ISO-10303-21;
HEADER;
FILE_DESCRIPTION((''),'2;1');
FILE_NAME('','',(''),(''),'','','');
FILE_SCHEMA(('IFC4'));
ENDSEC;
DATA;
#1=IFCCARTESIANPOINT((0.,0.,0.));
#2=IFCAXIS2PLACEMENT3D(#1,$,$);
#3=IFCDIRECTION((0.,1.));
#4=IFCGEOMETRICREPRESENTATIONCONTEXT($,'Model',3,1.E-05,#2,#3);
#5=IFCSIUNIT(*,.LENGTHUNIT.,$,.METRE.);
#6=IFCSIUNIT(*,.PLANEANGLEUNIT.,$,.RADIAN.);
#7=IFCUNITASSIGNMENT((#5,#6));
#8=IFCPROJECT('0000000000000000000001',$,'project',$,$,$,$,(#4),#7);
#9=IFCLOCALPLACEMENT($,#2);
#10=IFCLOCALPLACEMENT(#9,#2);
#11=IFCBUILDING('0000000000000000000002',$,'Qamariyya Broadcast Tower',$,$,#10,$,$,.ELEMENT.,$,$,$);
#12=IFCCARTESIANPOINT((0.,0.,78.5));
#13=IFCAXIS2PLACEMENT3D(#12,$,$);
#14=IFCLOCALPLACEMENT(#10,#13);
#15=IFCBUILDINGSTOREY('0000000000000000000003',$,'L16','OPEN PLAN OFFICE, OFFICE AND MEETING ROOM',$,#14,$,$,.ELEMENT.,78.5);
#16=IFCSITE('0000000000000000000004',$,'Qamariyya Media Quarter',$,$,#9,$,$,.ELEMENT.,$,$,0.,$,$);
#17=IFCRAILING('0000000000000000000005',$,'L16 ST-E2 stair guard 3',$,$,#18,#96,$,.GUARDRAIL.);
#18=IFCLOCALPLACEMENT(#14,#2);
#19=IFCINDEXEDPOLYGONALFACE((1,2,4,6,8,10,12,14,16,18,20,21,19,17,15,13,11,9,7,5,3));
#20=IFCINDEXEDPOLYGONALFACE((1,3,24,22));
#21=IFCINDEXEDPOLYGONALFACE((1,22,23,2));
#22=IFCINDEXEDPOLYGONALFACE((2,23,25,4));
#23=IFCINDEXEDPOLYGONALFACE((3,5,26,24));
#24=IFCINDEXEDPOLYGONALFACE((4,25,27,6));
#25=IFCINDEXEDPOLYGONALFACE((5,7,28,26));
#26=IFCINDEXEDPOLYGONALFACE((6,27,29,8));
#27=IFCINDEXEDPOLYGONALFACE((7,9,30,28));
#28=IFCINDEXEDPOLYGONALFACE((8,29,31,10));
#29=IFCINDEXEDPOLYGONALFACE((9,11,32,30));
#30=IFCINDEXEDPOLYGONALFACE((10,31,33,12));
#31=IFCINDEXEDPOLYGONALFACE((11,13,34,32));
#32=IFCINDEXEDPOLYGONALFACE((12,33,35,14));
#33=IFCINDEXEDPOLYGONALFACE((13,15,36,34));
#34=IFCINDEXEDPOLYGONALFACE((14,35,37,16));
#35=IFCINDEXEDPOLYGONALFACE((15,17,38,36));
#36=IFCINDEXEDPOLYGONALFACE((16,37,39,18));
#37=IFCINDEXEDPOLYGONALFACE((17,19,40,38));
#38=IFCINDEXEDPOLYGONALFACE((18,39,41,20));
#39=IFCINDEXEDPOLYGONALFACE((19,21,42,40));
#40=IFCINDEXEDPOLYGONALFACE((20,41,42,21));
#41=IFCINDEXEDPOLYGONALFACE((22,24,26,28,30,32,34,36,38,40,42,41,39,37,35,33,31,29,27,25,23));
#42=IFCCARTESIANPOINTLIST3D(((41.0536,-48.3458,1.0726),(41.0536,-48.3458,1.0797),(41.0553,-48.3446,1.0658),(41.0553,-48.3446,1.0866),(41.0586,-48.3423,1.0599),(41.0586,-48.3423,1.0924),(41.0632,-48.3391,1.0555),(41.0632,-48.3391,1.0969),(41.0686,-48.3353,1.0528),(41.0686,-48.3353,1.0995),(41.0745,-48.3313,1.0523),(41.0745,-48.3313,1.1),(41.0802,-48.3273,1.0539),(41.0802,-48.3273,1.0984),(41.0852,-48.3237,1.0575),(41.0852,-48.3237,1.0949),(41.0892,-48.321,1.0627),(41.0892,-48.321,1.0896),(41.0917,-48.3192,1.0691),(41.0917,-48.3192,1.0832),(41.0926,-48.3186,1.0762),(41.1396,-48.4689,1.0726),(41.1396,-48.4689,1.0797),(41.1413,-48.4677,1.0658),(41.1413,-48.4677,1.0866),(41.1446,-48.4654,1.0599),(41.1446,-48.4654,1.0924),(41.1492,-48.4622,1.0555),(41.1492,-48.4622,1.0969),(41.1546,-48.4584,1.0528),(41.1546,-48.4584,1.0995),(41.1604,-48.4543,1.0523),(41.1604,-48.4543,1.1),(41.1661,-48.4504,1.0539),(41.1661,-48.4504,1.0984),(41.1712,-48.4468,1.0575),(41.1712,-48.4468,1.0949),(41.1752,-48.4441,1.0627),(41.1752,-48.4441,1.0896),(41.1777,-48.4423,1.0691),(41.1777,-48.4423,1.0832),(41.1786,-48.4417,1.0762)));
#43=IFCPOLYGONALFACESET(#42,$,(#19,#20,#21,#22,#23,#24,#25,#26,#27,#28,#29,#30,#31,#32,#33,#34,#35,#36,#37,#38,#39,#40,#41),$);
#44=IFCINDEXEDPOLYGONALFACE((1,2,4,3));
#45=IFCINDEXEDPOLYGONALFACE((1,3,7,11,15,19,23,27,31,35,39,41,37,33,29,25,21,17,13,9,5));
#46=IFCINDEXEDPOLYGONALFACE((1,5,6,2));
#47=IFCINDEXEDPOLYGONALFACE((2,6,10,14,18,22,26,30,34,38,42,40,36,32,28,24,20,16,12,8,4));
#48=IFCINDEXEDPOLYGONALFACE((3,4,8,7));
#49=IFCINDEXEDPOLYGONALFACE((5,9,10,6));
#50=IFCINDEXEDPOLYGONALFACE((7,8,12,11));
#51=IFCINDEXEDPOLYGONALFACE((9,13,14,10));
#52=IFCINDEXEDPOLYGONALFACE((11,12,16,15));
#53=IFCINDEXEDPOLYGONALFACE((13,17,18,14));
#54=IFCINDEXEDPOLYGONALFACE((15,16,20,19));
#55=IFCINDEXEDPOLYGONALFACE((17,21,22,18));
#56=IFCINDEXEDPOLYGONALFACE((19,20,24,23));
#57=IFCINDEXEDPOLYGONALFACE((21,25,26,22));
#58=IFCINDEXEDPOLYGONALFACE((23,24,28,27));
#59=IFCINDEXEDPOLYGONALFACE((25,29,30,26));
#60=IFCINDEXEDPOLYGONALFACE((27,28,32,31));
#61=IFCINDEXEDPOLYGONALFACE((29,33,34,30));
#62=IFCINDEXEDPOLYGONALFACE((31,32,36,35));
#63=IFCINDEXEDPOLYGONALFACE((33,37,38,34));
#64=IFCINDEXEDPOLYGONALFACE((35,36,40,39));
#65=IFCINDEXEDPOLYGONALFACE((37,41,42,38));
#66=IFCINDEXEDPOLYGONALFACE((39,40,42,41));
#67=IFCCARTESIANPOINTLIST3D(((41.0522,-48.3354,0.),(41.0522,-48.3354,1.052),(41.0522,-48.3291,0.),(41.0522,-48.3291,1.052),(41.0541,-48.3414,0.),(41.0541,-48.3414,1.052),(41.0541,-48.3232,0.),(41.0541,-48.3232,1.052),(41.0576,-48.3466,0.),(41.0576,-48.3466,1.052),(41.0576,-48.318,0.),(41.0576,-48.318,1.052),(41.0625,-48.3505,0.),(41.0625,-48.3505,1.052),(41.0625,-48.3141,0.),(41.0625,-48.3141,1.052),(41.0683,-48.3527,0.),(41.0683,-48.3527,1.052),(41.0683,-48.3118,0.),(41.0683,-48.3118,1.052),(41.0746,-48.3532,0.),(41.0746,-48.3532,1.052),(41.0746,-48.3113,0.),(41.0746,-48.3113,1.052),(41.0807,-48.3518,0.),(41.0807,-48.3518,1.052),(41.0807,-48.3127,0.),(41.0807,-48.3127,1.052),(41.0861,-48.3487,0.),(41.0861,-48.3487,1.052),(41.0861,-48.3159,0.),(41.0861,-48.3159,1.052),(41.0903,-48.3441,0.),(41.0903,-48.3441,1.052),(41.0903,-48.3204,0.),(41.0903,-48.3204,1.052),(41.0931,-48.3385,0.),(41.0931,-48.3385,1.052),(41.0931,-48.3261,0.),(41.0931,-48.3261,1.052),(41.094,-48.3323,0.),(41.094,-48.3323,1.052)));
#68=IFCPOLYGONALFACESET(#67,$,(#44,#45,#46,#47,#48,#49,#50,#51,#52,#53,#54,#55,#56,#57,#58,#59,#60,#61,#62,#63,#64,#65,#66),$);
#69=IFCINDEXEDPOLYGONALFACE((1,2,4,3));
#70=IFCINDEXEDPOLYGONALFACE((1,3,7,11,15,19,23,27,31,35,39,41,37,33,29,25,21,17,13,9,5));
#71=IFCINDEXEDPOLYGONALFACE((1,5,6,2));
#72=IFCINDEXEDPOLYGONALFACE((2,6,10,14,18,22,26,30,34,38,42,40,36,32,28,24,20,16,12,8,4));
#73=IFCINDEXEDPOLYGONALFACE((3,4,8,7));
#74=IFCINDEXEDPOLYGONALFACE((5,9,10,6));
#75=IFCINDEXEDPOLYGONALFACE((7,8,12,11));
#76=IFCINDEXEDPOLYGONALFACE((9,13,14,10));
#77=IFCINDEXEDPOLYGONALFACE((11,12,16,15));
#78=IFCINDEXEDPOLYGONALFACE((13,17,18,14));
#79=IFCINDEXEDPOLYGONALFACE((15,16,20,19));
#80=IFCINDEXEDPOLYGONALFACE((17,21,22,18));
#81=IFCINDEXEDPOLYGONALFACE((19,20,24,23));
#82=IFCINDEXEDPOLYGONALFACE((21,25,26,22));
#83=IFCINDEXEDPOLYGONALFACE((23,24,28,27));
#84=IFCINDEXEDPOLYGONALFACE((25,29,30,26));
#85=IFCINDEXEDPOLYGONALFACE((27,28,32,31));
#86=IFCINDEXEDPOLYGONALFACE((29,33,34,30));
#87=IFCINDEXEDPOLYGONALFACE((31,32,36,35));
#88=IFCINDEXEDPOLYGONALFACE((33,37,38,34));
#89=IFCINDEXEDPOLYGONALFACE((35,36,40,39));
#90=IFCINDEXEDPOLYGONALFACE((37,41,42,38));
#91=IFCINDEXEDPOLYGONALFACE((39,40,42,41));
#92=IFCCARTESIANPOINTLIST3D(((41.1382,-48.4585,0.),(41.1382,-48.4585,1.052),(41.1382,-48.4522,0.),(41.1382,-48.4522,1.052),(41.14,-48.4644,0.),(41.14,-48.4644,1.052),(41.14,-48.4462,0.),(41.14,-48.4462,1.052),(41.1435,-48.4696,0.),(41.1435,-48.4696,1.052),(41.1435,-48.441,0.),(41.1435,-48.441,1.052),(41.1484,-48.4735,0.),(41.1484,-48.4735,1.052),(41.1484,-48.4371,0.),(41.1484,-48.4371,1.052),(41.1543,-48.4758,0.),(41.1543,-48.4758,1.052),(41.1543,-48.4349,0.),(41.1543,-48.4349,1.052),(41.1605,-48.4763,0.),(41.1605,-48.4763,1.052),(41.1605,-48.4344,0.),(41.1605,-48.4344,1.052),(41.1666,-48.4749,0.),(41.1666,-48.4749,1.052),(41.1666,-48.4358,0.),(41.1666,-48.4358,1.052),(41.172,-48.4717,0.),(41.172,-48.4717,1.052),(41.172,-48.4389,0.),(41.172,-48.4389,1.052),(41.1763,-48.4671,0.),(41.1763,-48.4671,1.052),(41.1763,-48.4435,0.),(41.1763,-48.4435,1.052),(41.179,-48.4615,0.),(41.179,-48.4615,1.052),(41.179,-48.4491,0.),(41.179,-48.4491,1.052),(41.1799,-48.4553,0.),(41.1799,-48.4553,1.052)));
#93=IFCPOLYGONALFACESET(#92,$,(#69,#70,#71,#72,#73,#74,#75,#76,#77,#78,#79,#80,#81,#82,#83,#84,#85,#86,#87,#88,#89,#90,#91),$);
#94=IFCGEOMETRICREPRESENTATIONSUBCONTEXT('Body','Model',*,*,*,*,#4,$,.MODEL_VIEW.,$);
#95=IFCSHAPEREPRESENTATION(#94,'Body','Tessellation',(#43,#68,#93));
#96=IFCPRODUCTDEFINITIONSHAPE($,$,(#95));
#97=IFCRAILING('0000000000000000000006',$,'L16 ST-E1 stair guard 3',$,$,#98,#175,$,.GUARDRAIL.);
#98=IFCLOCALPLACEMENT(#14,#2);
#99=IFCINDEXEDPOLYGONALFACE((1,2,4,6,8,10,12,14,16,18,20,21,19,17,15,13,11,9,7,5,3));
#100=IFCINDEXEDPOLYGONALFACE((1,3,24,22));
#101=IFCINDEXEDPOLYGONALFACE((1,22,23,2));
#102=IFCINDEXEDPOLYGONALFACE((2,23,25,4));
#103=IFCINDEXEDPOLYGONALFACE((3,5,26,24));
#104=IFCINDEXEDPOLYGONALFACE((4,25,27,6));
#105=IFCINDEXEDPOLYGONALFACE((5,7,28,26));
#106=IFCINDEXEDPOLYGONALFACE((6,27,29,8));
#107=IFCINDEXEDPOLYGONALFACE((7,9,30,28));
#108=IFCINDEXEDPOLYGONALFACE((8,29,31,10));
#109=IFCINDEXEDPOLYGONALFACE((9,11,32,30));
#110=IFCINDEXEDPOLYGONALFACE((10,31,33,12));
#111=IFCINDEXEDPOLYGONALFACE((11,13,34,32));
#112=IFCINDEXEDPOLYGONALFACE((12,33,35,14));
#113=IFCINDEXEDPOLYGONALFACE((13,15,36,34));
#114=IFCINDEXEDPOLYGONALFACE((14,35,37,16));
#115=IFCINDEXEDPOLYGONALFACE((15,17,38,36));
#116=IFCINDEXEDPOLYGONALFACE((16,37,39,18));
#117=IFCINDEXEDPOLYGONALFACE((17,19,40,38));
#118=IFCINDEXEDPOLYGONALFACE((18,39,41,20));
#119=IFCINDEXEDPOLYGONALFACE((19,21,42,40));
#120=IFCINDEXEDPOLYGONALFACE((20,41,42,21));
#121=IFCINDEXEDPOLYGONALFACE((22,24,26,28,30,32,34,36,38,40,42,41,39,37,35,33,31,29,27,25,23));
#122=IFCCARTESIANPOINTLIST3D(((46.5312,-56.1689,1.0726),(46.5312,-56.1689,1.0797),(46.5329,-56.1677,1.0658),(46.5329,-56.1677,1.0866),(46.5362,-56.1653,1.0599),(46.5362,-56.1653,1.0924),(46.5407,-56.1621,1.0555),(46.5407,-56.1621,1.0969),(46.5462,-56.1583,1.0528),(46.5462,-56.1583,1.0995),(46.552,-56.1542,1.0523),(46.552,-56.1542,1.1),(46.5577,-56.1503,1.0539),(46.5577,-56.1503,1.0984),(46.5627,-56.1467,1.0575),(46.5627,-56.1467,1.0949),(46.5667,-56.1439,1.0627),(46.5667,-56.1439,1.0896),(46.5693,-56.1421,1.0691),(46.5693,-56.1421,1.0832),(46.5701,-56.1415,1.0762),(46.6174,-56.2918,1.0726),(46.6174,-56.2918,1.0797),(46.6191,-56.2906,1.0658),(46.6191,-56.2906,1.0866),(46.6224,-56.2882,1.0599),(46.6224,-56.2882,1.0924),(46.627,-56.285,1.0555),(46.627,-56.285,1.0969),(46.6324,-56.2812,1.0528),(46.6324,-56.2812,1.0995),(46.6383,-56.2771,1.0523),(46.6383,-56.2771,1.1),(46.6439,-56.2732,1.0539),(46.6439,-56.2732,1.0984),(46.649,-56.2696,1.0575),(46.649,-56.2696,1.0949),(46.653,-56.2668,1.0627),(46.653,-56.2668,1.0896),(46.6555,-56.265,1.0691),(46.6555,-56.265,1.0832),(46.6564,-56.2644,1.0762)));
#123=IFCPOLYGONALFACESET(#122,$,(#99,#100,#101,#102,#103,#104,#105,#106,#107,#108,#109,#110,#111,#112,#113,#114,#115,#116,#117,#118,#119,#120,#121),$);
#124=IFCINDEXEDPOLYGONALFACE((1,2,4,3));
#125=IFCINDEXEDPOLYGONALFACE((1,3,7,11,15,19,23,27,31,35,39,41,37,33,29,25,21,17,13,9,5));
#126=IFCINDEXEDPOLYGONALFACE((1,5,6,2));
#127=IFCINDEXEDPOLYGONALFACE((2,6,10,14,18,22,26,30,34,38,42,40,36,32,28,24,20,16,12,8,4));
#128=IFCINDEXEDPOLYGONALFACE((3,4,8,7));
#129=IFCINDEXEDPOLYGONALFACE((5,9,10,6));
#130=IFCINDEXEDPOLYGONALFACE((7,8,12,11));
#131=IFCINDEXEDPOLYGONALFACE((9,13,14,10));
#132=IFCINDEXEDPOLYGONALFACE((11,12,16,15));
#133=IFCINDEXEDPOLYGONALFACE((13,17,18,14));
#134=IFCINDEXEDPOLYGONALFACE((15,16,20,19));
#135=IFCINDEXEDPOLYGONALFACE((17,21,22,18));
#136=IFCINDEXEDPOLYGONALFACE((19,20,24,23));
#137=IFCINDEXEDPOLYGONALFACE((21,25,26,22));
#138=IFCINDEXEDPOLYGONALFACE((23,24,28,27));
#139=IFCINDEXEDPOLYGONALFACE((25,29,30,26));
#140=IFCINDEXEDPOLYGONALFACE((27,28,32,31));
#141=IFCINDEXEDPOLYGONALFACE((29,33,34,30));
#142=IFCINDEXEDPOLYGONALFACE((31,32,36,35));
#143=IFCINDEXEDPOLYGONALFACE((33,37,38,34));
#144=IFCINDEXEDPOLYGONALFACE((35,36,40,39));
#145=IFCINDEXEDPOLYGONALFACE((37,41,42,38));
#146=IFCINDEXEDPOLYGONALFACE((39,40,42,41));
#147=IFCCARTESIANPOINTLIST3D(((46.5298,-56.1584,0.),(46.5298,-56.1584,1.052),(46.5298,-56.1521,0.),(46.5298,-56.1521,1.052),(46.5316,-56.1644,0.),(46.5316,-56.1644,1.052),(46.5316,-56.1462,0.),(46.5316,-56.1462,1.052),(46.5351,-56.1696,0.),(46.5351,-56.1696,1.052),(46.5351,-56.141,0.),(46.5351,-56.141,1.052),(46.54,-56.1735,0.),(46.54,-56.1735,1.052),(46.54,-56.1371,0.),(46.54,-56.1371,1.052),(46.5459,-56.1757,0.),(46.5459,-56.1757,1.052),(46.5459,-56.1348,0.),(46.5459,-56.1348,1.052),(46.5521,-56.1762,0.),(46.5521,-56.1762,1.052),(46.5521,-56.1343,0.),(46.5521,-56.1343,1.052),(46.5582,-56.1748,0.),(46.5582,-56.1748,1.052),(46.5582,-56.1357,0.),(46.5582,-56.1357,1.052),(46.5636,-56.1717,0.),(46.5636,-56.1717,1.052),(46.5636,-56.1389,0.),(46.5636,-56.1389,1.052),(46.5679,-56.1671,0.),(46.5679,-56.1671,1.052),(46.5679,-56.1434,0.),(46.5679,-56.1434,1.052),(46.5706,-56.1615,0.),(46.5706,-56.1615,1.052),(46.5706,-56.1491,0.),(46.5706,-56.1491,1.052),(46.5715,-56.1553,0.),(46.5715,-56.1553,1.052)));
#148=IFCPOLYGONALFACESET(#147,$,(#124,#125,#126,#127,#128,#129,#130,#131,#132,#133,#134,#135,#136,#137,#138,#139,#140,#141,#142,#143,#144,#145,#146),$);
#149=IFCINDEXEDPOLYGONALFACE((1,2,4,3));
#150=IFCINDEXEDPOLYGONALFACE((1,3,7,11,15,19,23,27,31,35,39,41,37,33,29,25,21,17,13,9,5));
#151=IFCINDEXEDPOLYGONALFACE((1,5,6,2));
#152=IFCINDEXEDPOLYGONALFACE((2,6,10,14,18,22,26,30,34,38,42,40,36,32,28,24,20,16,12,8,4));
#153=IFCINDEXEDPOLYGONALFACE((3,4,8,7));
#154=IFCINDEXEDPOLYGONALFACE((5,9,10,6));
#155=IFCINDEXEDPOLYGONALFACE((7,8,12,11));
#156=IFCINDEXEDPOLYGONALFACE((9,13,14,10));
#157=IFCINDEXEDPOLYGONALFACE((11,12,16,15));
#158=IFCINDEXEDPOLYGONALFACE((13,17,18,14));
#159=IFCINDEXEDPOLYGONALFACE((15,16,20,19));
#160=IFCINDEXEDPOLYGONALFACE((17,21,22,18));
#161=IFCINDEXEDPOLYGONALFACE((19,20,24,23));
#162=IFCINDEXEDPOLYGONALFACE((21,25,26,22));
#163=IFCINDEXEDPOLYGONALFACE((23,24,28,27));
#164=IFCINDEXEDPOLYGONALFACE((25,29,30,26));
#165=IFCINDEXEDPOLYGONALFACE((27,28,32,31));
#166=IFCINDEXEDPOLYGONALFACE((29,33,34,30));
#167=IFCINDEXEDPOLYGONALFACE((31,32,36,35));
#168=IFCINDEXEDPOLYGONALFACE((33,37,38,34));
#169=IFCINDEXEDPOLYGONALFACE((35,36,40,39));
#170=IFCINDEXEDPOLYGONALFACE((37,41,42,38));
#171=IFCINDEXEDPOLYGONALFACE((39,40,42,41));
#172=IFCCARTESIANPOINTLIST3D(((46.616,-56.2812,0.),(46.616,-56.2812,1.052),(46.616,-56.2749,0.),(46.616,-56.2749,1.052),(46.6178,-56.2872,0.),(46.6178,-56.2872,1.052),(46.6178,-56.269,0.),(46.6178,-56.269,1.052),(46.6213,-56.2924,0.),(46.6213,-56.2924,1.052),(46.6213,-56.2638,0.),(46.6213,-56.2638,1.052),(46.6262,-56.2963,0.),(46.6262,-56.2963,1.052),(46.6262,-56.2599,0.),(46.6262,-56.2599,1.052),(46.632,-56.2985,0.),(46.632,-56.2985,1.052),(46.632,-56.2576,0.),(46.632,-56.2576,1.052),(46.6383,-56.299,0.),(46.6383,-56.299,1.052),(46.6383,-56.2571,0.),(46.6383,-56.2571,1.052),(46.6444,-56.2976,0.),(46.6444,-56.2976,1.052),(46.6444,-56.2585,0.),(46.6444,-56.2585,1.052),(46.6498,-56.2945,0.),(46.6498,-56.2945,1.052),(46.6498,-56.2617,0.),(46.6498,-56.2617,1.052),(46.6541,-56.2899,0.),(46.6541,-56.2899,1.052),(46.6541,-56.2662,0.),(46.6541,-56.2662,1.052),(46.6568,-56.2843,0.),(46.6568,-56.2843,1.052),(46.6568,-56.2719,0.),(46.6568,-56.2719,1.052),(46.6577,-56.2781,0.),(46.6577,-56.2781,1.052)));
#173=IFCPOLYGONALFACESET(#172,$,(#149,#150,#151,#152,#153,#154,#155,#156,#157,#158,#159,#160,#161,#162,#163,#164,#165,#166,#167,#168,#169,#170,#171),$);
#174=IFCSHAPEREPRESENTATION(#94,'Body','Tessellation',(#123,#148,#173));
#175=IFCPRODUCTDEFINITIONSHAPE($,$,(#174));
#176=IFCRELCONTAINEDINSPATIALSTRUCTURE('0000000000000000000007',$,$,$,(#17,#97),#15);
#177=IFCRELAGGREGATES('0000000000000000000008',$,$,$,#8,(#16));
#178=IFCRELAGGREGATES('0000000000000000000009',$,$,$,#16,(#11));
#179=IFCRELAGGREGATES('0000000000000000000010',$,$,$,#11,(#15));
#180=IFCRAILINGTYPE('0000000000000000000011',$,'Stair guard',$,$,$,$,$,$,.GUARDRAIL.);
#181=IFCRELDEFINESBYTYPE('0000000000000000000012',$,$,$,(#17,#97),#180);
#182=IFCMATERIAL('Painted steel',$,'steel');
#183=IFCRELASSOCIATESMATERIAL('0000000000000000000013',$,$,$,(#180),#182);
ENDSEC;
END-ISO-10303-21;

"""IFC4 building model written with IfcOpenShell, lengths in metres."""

from ifc_helpers import new_model, si_unit, direction, frame, origin, origin_2d, place, context, subcontext, project, spatial, circle, extrude, material, type_object, element, save


model = new_model("IFC4")

# Units and contexts
model_context = context("Model", 3, precision=1e-05, world=origin(), true_north=direction((0.0, 1.0)))
body_context = subcontext(model_context, "Body", "Model", "MODEL_VIEW")
ifc_project = project(units=[si_unit("LENGTHUNIT", "METRE"), si_unit("PLANEANGLEUNIT", "RADIAN")], contexts=[model_context])

# Site, building, storey
site_placement = place(None, origin())
site = spatial("IfcSite", under=ifc_project, at=site_placement, Name="Qamariyya Media Quarter", CompositionType="ELEMENT", RefElevation=0.0)
building_placement = place(site_placement, origin())
building = spatial("IfcBuilding", under=site, at=building_placement, Name="Qamariyya Broadcast Tower", CompositionType="ELEMENT")
storey_placement = place(building_placement, frame((0.0, 0.0, 78.5)))
storey = spatial("IfcBuildingStorey", under=building, at=storey_placement, Name="L16", Description="OPEN PLAN OFFICE, OFFICE AND MEETING ROOM", CompositionType="ELEMENT", Elevation=78.5)

# Railings
ifc_material_1 = material(Name="Painted steel", Category="steel")
railing_type_1 = type_object("IfcRailingType", Name="Stair guard", PredefinedType="GUARDRAIL", material=ifc_material_1)
railing_1_placement = place(storey_placement, frame((41.073, -48.3323, 0.0)))
element("IfcRailing", 1, at=railing_1_placement, inside=storey, type_object=railing_type_1, Name="L16 ST-E2 stair guard 3", PredefinedType="GUARDRAIL", context=body_context, shape_type="SweptSolid", body=[
    extrude(circle(Radius=0.0239, at=origin_2d()), frame((0.0, 0.0, 1.0762), z_axis=(0.572589, -0.819843, 0.0), x_axis=(0.819843, 0.572589, 0.0)), (0.0, 0.0, 1.0), 0.1501),
    extrude(circle(Radius=0.021, at=origin_2d()), origin(), (0.0, 0.0, 1.0), 1.052),
    extrude(circle(Radius=0.021, at=origin_2d()), frame((0.0859, -0.123, 0.0)), (0.0, 0.0, 1.0), 1.052),
])
railing_2_placement = place(storey_placement, frame((46.5505, -56.1553, 0.0)))
element("IfcRailing", 2, at=railing_2_placement, inside=storey, type_object=railing_type_1, Name="L16 ST-E1 stair guard 3", PredefinedType="GUARDRAIL", context=body_context, shape_type="SweptSolid", body=[
    extrude(circle(Radius=0.0239, at=origin_2d()), frame((0.0, 0.0, 1.0762), z_axis=(0.574445, -0.818543, 0.0), x_axis=(0.818543, 0.574445, 0.0)), (0.0, 0.0, 1.0), 0.1501),
    extrude(circle(Radius=0.021, at=origin_2d()), origin(), (0.0, 0.0, 1.0), 1.052),
    extrude(circle(Radius=0.021, at=origin_2d()), frame((0.0862, -0.1228, 0.0)), (0.0, 0.0, 1.0), 1.052),
])

save(model, "model.ifc")
